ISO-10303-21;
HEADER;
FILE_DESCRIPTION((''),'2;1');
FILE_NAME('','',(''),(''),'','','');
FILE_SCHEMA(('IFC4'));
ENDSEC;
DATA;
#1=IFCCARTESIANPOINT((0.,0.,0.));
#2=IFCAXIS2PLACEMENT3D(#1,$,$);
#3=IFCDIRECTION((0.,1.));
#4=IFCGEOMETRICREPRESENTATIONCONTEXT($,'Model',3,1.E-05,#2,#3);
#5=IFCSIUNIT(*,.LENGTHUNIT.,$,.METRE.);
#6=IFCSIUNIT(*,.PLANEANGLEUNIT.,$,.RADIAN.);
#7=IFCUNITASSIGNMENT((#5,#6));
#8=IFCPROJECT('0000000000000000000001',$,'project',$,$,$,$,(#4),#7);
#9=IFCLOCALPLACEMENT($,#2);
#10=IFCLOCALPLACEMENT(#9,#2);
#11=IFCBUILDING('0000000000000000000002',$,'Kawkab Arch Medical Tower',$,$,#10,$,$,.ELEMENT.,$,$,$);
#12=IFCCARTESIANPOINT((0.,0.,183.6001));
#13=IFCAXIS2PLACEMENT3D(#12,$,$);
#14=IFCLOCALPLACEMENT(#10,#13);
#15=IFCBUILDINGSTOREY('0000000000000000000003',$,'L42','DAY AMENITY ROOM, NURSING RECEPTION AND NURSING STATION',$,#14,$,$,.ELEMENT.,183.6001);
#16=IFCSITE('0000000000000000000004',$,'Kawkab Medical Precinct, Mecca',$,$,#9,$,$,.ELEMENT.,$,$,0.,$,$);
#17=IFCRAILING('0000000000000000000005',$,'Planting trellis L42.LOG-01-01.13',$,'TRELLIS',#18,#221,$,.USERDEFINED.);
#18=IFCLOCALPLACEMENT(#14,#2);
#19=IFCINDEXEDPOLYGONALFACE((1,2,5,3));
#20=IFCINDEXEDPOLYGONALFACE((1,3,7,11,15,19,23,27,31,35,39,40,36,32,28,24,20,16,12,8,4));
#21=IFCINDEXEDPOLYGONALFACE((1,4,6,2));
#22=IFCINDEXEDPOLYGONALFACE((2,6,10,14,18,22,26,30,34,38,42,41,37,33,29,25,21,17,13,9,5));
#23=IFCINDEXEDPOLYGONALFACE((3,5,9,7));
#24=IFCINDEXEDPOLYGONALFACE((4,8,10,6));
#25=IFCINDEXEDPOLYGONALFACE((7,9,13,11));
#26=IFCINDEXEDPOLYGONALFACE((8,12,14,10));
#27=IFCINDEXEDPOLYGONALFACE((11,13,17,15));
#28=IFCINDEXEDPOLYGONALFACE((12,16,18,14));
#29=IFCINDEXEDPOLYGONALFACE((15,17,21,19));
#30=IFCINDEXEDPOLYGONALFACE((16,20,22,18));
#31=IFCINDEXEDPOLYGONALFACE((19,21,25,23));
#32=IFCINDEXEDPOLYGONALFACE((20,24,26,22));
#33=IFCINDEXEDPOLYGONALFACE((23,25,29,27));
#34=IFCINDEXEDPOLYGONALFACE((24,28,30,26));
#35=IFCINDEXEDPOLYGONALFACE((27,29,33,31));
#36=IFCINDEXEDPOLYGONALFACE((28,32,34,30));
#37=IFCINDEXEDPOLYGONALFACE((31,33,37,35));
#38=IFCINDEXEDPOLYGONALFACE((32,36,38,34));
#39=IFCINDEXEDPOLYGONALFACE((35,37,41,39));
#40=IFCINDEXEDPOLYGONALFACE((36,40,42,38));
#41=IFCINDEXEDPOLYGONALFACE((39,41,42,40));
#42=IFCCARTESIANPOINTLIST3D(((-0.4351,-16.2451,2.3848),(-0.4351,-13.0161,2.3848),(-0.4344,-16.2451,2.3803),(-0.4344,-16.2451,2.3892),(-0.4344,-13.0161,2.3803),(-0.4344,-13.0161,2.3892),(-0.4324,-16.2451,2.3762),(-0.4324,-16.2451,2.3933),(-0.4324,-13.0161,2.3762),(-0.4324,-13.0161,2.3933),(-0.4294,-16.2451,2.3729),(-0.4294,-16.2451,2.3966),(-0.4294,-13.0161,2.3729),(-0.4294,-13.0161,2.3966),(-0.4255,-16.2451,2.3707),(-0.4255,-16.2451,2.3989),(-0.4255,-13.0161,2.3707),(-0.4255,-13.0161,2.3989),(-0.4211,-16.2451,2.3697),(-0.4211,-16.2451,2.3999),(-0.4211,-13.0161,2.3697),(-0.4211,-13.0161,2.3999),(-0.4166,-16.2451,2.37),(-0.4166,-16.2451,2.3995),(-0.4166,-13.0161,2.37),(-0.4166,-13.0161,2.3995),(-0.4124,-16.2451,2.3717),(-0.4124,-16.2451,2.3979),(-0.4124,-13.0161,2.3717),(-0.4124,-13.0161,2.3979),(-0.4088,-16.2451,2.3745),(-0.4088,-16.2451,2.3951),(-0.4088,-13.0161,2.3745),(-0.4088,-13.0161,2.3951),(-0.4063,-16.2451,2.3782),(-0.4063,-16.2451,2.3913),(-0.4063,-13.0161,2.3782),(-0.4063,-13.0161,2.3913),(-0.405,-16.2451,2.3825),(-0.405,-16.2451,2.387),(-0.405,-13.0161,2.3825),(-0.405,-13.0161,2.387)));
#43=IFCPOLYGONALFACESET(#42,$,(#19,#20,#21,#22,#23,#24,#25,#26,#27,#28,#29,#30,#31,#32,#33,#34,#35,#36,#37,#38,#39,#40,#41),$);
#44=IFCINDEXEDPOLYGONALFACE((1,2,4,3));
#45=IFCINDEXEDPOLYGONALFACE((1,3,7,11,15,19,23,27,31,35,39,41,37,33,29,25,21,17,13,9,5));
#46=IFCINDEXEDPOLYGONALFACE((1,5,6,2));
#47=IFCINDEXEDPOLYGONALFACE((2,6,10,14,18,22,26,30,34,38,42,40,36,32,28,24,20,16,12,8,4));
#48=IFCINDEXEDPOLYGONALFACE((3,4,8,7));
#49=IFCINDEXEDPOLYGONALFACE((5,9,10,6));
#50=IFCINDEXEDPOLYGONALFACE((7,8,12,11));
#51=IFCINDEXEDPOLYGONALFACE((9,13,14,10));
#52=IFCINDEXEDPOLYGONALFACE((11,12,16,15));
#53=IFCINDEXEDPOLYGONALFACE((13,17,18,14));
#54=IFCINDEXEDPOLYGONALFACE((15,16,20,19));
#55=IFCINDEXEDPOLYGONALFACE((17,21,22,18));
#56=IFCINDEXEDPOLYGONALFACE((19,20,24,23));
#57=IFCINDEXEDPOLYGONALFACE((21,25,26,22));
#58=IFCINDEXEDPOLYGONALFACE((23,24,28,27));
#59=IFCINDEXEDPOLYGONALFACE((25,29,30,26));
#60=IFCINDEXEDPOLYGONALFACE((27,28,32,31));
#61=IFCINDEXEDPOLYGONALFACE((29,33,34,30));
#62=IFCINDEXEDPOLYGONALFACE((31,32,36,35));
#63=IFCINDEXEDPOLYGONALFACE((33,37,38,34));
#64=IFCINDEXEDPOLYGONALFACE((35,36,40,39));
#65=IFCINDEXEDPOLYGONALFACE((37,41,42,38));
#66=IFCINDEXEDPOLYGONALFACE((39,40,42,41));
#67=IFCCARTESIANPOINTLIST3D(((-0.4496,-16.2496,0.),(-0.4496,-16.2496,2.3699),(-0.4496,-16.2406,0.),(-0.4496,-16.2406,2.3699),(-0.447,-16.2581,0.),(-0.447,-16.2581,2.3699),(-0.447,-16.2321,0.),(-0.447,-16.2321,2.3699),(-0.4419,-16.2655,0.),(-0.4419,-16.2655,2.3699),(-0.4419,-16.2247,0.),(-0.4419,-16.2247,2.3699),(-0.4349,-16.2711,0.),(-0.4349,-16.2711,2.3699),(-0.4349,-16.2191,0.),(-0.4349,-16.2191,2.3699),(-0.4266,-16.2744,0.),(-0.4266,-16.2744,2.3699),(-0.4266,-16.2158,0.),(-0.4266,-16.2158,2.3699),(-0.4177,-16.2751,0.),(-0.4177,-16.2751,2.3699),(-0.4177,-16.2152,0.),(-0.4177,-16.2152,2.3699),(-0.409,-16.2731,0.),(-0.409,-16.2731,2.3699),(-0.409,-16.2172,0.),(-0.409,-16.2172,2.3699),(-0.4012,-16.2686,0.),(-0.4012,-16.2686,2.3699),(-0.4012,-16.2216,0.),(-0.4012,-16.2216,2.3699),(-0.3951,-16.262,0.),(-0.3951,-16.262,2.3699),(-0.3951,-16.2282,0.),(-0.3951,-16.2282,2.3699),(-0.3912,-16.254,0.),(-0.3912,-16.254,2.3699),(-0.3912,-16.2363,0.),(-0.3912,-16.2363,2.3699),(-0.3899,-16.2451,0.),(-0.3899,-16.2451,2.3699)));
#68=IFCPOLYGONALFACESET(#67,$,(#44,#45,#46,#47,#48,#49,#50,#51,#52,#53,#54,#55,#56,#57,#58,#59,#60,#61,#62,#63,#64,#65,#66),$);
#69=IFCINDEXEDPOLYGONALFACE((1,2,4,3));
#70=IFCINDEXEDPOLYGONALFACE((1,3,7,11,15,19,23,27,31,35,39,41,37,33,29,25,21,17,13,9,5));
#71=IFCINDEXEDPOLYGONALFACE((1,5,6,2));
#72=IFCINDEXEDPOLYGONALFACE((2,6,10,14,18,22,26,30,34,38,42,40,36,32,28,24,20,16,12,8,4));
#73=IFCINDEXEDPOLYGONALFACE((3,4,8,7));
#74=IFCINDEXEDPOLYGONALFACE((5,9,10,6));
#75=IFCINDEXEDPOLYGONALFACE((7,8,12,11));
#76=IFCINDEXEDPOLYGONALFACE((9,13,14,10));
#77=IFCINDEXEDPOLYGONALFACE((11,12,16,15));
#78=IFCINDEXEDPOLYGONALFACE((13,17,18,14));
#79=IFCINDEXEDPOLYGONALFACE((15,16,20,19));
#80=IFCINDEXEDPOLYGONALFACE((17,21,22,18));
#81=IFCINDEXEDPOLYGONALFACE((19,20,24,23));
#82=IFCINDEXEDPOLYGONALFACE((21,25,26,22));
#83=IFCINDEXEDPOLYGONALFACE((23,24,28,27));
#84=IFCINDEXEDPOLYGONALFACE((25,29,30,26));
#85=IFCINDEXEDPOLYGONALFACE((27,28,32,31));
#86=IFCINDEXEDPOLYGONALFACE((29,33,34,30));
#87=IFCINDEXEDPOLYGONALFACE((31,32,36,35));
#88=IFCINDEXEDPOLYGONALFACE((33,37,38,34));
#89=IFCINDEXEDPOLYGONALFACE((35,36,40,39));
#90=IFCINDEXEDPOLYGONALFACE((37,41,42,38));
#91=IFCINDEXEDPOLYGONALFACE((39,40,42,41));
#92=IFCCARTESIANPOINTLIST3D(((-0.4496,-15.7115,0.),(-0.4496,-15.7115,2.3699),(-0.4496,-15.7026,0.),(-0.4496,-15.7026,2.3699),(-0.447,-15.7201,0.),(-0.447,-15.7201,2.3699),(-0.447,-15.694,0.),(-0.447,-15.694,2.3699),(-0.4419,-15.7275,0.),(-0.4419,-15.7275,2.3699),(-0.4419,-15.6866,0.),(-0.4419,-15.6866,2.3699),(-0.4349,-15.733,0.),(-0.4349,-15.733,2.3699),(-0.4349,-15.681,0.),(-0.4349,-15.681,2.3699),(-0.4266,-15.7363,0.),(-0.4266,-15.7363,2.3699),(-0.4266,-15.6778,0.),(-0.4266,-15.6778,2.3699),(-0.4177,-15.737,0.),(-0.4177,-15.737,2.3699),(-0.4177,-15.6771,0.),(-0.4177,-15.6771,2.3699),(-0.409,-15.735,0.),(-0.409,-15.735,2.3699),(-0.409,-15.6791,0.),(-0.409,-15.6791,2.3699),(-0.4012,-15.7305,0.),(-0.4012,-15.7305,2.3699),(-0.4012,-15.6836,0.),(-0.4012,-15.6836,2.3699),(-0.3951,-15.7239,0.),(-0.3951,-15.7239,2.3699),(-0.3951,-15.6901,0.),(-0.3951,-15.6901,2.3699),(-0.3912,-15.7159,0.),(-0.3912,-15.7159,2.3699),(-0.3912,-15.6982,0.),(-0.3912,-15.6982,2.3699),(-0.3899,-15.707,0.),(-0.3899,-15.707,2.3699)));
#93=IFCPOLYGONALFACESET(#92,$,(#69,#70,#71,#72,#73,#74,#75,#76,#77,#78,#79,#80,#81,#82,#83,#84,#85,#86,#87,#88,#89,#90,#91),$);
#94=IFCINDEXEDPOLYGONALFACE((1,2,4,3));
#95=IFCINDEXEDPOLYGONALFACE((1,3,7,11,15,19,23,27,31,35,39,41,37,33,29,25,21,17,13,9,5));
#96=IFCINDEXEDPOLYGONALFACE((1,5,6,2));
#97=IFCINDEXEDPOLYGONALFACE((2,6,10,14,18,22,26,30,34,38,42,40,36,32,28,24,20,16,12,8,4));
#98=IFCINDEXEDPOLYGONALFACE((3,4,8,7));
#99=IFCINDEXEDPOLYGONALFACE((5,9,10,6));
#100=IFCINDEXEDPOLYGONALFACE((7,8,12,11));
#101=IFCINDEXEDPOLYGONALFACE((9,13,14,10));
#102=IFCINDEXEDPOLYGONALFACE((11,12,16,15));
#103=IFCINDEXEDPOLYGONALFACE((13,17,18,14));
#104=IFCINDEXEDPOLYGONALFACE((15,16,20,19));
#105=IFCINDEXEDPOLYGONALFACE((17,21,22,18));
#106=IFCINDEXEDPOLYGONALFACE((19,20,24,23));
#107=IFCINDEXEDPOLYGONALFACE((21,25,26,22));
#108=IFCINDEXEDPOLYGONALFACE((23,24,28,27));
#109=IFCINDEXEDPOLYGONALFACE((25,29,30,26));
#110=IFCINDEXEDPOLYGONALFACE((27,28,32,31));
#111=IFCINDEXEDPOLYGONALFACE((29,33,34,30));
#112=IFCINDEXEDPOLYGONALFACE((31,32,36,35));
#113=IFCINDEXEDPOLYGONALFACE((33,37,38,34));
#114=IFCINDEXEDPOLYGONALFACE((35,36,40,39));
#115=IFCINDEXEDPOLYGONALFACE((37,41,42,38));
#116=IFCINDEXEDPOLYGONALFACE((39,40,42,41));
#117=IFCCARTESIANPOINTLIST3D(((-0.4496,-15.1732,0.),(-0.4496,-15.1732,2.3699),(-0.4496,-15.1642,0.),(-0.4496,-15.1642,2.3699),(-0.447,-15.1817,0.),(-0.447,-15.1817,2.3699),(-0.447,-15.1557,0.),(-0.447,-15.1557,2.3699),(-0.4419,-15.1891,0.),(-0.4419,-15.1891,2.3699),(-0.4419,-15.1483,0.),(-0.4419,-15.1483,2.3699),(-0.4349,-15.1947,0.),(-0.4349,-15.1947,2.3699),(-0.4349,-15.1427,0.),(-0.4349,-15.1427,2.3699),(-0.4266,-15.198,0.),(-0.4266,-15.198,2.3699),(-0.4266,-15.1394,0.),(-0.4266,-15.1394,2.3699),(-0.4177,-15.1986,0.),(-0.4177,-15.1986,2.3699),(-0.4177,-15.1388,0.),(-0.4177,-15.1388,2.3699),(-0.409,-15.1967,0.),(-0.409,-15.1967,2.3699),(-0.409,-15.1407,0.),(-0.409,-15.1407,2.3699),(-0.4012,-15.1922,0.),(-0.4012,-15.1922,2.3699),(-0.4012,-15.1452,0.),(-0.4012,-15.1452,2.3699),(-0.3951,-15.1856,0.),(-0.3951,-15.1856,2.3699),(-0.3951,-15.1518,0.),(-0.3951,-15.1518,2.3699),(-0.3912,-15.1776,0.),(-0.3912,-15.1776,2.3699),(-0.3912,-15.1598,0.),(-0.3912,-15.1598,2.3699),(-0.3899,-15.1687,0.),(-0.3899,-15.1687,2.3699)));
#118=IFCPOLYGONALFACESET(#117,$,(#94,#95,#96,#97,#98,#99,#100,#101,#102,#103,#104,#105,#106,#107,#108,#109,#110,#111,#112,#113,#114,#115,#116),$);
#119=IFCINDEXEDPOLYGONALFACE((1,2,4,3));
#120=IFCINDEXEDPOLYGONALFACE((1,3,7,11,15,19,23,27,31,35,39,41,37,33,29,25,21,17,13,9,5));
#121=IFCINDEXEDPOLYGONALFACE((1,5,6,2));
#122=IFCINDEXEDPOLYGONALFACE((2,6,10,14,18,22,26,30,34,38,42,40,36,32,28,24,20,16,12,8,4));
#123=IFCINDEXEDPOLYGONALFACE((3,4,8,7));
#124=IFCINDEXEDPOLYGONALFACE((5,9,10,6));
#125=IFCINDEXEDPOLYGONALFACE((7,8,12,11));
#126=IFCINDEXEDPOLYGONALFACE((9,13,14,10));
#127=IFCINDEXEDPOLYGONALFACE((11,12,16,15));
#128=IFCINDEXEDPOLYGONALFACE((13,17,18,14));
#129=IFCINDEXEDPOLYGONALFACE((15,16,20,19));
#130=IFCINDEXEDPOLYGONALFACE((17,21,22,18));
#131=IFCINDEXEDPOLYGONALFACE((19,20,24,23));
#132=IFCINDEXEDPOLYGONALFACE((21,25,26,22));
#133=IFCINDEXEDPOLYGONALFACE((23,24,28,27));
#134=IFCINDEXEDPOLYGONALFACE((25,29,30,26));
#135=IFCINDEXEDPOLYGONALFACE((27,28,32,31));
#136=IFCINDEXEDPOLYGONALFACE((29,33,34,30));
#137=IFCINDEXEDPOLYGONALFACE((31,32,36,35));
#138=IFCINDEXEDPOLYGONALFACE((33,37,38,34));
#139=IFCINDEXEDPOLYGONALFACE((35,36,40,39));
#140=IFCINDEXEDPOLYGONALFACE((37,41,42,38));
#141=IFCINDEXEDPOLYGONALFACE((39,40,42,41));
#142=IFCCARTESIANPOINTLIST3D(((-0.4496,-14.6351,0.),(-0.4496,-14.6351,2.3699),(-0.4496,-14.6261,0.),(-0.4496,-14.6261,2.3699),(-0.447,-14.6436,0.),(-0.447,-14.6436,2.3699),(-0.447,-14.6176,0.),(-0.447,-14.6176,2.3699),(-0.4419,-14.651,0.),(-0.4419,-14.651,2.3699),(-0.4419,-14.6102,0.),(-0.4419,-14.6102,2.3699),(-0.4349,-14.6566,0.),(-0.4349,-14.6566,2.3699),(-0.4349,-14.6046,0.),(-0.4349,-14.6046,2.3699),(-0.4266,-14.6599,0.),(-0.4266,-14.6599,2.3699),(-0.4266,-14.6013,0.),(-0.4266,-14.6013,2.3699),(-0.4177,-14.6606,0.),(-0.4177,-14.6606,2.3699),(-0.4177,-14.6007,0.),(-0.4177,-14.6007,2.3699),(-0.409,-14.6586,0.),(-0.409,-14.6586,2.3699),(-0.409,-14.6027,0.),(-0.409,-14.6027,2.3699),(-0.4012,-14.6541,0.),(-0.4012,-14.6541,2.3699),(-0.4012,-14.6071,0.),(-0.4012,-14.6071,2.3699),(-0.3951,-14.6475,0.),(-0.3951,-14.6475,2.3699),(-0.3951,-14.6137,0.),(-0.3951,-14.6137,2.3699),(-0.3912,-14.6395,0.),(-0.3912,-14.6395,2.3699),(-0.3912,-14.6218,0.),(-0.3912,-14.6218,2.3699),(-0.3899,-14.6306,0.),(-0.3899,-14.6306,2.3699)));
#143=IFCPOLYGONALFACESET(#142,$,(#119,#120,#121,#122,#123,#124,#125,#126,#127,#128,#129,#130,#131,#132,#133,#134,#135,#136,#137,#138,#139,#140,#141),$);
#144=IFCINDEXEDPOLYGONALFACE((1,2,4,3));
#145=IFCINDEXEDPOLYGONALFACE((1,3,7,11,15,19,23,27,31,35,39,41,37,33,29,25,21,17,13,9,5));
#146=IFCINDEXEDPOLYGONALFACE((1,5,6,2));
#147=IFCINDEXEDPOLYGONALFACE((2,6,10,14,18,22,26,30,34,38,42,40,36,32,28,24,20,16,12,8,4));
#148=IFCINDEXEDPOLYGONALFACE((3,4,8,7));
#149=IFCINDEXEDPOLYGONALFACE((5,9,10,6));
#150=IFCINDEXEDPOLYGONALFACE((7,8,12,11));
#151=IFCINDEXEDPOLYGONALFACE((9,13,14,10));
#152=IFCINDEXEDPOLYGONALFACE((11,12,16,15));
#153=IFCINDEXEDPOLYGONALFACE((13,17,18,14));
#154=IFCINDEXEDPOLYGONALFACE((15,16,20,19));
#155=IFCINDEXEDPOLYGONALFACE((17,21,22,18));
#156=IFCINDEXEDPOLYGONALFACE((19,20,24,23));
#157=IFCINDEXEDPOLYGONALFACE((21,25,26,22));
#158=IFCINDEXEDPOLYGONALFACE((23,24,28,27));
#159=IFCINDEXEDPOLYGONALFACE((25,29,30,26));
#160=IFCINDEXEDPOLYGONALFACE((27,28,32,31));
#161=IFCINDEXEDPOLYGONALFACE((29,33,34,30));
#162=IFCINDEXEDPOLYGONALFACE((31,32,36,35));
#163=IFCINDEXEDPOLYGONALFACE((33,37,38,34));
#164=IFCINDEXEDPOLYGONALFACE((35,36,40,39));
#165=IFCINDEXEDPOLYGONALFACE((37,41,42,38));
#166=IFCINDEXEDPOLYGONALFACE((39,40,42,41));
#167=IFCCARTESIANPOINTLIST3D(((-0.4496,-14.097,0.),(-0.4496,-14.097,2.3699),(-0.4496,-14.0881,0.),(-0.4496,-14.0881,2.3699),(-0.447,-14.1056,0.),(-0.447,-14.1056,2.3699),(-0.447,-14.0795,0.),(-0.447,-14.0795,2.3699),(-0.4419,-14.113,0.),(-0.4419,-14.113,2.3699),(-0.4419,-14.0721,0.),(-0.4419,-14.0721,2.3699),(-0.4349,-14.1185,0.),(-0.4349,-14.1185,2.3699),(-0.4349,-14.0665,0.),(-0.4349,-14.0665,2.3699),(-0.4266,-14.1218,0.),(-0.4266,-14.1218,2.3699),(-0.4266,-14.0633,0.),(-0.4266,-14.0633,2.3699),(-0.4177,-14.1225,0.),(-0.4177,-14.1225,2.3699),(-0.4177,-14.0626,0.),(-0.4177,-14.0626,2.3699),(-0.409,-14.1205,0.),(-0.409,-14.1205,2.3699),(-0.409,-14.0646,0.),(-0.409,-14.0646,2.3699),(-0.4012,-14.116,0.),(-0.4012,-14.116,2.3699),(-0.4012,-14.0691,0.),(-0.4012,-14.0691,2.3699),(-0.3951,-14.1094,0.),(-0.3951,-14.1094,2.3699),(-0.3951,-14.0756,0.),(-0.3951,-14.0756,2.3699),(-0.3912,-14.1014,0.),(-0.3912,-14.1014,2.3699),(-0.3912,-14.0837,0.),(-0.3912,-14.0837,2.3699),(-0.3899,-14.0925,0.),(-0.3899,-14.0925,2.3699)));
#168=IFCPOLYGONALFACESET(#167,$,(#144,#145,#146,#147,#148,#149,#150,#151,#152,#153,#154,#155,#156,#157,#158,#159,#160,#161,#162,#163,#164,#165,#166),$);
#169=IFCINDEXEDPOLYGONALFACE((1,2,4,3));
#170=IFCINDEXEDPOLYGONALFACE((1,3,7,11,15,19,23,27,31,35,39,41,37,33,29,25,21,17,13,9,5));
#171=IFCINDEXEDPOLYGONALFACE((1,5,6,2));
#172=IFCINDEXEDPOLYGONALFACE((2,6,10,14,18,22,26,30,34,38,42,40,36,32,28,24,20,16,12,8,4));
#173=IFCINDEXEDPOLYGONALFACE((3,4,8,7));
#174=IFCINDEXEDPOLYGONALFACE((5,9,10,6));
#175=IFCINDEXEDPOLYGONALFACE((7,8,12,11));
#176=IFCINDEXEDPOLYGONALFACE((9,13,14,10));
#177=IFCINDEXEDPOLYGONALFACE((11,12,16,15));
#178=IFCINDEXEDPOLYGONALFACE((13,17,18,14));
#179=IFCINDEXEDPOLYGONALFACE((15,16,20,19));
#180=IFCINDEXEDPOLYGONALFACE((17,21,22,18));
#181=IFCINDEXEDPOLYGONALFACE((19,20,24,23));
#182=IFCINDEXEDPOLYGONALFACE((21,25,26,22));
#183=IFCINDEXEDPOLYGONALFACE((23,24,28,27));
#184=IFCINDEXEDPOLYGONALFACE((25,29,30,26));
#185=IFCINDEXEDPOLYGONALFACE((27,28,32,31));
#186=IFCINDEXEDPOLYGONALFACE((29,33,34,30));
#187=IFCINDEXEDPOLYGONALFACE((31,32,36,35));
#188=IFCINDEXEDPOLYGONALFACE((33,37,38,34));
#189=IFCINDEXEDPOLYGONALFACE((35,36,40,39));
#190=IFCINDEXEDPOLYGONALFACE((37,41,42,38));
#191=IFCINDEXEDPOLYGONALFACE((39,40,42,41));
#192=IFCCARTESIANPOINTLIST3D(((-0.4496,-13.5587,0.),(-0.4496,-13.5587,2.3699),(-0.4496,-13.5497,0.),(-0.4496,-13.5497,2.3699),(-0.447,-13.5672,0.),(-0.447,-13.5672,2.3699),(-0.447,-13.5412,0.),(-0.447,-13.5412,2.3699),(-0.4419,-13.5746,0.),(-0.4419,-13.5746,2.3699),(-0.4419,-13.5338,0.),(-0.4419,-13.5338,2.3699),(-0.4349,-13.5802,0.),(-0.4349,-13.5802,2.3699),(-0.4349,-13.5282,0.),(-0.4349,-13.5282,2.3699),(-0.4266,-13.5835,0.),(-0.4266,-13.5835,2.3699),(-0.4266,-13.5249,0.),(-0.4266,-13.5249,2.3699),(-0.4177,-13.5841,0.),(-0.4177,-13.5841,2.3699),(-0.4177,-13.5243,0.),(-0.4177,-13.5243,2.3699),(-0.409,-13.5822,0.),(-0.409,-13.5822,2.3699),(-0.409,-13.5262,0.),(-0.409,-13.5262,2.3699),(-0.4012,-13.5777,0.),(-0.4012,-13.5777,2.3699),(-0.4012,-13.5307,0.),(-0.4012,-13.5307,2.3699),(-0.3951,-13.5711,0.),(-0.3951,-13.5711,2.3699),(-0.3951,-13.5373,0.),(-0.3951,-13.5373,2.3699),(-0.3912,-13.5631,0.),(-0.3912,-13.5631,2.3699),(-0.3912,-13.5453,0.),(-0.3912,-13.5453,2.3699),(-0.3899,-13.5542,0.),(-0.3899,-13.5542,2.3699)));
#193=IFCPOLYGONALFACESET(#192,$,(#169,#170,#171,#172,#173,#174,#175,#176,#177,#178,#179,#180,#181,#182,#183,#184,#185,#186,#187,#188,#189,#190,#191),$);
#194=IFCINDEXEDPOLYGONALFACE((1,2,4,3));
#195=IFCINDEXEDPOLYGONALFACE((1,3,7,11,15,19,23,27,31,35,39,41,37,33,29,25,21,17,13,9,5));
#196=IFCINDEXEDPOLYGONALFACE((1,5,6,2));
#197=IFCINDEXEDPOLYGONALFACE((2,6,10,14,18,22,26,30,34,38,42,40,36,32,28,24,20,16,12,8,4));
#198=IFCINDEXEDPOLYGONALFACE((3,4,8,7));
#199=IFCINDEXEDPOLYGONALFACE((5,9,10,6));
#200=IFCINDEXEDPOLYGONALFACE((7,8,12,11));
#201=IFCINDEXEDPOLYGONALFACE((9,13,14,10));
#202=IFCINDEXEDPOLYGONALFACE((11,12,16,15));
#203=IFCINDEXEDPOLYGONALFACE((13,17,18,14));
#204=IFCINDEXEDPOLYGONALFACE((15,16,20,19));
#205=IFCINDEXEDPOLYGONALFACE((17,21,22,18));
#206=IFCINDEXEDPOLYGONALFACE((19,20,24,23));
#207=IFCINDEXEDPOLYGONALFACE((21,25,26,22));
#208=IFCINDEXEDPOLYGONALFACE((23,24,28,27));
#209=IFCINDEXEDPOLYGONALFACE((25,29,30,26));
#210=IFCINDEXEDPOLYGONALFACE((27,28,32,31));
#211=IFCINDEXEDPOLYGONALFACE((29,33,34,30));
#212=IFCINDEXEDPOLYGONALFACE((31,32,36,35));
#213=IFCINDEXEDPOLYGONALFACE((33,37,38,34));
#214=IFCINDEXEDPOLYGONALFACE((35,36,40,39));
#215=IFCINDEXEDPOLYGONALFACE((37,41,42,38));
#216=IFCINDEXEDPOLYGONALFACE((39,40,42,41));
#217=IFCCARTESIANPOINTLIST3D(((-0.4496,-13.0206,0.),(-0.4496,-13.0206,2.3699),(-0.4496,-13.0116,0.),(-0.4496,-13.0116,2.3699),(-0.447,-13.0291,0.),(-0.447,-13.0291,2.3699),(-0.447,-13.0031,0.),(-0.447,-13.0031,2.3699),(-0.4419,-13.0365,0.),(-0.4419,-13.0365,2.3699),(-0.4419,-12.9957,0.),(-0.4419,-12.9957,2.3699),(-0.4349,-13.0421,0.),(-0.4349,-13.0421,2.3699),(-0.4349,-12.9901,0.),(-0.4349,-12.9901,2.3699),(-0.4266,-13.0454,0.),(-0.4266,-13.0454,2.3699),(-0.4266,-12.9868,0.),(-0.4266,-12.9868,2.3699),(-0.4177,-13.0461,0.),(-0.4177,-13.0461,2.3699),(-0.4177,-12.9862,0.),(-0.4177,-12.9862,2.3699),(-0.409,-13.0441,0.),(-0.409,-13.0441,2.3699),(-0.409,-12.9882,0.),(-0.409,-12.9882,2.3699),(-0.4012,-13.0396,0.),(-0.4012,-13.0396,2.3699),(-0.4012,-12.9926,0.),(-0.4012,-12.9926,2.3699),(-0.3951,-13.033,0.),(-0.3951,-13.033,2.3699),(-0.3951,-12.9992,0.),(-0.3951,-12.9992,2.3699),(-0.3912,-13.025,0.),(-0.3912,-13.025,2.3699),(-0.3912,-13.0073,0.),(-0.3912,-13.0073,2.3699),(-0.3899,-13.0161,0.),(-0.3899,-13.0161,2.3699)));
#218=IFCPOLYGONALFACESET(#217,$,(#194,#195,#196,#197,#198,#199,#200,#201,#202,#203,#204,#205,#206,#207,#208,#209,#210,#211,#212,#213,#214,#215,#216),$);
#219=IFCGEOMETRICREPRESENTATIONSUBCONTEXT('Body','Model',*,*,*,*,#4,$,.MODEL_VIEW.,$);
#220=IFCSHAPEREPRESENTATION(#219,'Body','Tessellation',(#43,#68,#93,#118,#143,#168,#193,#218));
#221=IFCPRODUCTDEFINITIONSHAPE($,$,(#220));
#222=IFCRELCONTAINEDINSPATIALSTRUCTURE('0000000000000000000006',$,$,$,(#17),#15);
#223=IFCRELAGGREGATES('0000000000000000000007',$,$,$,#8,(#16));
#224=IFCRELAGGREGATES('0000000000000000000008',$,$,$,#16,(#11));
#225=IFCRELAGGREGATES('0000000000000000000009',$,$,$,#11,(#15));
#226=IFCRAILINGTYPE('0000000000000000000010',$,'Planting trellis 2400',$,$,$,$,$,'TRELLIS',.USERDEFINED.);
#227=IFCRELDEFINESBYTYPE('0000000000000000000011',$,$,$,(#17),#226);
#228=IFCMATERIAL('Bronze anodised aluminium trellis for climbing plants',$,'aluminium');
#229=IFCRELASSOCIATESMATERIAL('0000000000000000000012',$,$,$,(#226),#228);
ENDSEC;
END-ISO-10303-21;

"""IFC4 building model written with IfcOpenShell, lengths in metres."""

from ifc_helpers import new_model, si_unit, direction, frame, origin, origin_2d, place, context, subcontext, project, spatial, circle, extrude, material, type_object, element, save


model = new_model("IFC4")

# Units and contexts
model_context = context("Model", 3, precision=1e-05, world=origin(), true_north=direction((0.0, 1.0)))
body_context = subcontext(model_context, "Body", "Model", "MODEL_VIEW")
ifc_project = project(units=[si_unit("LENGTHUNIT", "METRE"), si_unit("PLANEANGLEUNIT", "RADIAN")], contexts=[model_context])

# Site, building, storey
site_placement = place(None, origin())
site = spatial("IfcSite", under=ifc_project, at=site_placement, Name="Kawkab Medical Precinct, Mecca", CompositionType="ELEMENT", RefElevation=0.0)
building_placement = place(site_placement, origin())
building = spatial("IfcBuilding", under=site, at=building_placement, Name="Kawkab Arch Medical Tower", CompositionType="ELEMENT")
storey_placement = place(building_placement, frame((0.0, 0.0, 183.6001)))
storey = spatial("IfcBuildingStorey", under=building, at=storey_placement, Name="L42", Description="DAY AMENITY ROOM, NURSING RECEPTION AND NURSING STATION", CompositionType="ELEMENT", Elevation=183.6001)

# Railing
ifc_material_1 = material(Name="Bronze anodised aluminium trellis for climbing plants", Category="aluminium")
railing_type_1 = type_object("IfcRailingType", Name="Planting trellis 2400", ElementType="TRELLIS", PredefinedType="USERDEFINED", material=ifc_material_1)
railing_1_placement = place(storey_placement, frame((-0.4199, -16.2451, 0.0)))
element("IfcRailing", 1, at=railing_1_placement, inside=storey, type_object=railing_type_1, Name="Planting trellis L42.LOG-01-01.13", ObjectType="TRELLIS", PredefinedType="USERDEFINED", context=body_context, shape_type="SweptSolid", body=[
    extrude(circle(Radius=0.0151, at=origin_2d()), frame((0.0, 0.0, 2.3848), z_axis=(0.0, 1.0, 0.0), x_axis=(-1.0, 0.0, 0.0)), (0.0, 0.0, 1.0), 3.229),
    extrude(circle(Radius=0.03, at=origin_2d()), origin(), (0.0, 0.0, 1.0), 2.3699),
    extrude(circle(Radius=0.03, at=origin_2d()), frame((0.0, 0.5381, 0.0)), (0.0, 0.0, 1.0), 2.3699),
    extrude(circle(Radius=0.03, at=origin_2d()), frame((0.0, 1.0764, 0.0)), (0.0, 0.0, 1.0), 2.3699),
    extrude(circle(Radius=0.03, at=origin_2d()), frame((0.0, 1.6145, 0.0)), (0.0, 0.0, 1.0), 2.3699),
    extrude(circle(Radius=0.03, at=origin_2d()), frame((0.0, 2.1526, 0.0)), (0.0, 0.0, 1.0), 2.3699),
    extrude(circle(Radius=0.03, at=origin_2d()), frame((0.0, 2.6909, 0.0)), (0.0, 0.0, 1.0), 2.3699),
    extrude(circle(Radius=0.03, at=origin_2d()), frame((0.0, 3.229, 0.0)), (0.0, 0.0, 1.0), 2.3699),
])

save(model, "model.ifc")
